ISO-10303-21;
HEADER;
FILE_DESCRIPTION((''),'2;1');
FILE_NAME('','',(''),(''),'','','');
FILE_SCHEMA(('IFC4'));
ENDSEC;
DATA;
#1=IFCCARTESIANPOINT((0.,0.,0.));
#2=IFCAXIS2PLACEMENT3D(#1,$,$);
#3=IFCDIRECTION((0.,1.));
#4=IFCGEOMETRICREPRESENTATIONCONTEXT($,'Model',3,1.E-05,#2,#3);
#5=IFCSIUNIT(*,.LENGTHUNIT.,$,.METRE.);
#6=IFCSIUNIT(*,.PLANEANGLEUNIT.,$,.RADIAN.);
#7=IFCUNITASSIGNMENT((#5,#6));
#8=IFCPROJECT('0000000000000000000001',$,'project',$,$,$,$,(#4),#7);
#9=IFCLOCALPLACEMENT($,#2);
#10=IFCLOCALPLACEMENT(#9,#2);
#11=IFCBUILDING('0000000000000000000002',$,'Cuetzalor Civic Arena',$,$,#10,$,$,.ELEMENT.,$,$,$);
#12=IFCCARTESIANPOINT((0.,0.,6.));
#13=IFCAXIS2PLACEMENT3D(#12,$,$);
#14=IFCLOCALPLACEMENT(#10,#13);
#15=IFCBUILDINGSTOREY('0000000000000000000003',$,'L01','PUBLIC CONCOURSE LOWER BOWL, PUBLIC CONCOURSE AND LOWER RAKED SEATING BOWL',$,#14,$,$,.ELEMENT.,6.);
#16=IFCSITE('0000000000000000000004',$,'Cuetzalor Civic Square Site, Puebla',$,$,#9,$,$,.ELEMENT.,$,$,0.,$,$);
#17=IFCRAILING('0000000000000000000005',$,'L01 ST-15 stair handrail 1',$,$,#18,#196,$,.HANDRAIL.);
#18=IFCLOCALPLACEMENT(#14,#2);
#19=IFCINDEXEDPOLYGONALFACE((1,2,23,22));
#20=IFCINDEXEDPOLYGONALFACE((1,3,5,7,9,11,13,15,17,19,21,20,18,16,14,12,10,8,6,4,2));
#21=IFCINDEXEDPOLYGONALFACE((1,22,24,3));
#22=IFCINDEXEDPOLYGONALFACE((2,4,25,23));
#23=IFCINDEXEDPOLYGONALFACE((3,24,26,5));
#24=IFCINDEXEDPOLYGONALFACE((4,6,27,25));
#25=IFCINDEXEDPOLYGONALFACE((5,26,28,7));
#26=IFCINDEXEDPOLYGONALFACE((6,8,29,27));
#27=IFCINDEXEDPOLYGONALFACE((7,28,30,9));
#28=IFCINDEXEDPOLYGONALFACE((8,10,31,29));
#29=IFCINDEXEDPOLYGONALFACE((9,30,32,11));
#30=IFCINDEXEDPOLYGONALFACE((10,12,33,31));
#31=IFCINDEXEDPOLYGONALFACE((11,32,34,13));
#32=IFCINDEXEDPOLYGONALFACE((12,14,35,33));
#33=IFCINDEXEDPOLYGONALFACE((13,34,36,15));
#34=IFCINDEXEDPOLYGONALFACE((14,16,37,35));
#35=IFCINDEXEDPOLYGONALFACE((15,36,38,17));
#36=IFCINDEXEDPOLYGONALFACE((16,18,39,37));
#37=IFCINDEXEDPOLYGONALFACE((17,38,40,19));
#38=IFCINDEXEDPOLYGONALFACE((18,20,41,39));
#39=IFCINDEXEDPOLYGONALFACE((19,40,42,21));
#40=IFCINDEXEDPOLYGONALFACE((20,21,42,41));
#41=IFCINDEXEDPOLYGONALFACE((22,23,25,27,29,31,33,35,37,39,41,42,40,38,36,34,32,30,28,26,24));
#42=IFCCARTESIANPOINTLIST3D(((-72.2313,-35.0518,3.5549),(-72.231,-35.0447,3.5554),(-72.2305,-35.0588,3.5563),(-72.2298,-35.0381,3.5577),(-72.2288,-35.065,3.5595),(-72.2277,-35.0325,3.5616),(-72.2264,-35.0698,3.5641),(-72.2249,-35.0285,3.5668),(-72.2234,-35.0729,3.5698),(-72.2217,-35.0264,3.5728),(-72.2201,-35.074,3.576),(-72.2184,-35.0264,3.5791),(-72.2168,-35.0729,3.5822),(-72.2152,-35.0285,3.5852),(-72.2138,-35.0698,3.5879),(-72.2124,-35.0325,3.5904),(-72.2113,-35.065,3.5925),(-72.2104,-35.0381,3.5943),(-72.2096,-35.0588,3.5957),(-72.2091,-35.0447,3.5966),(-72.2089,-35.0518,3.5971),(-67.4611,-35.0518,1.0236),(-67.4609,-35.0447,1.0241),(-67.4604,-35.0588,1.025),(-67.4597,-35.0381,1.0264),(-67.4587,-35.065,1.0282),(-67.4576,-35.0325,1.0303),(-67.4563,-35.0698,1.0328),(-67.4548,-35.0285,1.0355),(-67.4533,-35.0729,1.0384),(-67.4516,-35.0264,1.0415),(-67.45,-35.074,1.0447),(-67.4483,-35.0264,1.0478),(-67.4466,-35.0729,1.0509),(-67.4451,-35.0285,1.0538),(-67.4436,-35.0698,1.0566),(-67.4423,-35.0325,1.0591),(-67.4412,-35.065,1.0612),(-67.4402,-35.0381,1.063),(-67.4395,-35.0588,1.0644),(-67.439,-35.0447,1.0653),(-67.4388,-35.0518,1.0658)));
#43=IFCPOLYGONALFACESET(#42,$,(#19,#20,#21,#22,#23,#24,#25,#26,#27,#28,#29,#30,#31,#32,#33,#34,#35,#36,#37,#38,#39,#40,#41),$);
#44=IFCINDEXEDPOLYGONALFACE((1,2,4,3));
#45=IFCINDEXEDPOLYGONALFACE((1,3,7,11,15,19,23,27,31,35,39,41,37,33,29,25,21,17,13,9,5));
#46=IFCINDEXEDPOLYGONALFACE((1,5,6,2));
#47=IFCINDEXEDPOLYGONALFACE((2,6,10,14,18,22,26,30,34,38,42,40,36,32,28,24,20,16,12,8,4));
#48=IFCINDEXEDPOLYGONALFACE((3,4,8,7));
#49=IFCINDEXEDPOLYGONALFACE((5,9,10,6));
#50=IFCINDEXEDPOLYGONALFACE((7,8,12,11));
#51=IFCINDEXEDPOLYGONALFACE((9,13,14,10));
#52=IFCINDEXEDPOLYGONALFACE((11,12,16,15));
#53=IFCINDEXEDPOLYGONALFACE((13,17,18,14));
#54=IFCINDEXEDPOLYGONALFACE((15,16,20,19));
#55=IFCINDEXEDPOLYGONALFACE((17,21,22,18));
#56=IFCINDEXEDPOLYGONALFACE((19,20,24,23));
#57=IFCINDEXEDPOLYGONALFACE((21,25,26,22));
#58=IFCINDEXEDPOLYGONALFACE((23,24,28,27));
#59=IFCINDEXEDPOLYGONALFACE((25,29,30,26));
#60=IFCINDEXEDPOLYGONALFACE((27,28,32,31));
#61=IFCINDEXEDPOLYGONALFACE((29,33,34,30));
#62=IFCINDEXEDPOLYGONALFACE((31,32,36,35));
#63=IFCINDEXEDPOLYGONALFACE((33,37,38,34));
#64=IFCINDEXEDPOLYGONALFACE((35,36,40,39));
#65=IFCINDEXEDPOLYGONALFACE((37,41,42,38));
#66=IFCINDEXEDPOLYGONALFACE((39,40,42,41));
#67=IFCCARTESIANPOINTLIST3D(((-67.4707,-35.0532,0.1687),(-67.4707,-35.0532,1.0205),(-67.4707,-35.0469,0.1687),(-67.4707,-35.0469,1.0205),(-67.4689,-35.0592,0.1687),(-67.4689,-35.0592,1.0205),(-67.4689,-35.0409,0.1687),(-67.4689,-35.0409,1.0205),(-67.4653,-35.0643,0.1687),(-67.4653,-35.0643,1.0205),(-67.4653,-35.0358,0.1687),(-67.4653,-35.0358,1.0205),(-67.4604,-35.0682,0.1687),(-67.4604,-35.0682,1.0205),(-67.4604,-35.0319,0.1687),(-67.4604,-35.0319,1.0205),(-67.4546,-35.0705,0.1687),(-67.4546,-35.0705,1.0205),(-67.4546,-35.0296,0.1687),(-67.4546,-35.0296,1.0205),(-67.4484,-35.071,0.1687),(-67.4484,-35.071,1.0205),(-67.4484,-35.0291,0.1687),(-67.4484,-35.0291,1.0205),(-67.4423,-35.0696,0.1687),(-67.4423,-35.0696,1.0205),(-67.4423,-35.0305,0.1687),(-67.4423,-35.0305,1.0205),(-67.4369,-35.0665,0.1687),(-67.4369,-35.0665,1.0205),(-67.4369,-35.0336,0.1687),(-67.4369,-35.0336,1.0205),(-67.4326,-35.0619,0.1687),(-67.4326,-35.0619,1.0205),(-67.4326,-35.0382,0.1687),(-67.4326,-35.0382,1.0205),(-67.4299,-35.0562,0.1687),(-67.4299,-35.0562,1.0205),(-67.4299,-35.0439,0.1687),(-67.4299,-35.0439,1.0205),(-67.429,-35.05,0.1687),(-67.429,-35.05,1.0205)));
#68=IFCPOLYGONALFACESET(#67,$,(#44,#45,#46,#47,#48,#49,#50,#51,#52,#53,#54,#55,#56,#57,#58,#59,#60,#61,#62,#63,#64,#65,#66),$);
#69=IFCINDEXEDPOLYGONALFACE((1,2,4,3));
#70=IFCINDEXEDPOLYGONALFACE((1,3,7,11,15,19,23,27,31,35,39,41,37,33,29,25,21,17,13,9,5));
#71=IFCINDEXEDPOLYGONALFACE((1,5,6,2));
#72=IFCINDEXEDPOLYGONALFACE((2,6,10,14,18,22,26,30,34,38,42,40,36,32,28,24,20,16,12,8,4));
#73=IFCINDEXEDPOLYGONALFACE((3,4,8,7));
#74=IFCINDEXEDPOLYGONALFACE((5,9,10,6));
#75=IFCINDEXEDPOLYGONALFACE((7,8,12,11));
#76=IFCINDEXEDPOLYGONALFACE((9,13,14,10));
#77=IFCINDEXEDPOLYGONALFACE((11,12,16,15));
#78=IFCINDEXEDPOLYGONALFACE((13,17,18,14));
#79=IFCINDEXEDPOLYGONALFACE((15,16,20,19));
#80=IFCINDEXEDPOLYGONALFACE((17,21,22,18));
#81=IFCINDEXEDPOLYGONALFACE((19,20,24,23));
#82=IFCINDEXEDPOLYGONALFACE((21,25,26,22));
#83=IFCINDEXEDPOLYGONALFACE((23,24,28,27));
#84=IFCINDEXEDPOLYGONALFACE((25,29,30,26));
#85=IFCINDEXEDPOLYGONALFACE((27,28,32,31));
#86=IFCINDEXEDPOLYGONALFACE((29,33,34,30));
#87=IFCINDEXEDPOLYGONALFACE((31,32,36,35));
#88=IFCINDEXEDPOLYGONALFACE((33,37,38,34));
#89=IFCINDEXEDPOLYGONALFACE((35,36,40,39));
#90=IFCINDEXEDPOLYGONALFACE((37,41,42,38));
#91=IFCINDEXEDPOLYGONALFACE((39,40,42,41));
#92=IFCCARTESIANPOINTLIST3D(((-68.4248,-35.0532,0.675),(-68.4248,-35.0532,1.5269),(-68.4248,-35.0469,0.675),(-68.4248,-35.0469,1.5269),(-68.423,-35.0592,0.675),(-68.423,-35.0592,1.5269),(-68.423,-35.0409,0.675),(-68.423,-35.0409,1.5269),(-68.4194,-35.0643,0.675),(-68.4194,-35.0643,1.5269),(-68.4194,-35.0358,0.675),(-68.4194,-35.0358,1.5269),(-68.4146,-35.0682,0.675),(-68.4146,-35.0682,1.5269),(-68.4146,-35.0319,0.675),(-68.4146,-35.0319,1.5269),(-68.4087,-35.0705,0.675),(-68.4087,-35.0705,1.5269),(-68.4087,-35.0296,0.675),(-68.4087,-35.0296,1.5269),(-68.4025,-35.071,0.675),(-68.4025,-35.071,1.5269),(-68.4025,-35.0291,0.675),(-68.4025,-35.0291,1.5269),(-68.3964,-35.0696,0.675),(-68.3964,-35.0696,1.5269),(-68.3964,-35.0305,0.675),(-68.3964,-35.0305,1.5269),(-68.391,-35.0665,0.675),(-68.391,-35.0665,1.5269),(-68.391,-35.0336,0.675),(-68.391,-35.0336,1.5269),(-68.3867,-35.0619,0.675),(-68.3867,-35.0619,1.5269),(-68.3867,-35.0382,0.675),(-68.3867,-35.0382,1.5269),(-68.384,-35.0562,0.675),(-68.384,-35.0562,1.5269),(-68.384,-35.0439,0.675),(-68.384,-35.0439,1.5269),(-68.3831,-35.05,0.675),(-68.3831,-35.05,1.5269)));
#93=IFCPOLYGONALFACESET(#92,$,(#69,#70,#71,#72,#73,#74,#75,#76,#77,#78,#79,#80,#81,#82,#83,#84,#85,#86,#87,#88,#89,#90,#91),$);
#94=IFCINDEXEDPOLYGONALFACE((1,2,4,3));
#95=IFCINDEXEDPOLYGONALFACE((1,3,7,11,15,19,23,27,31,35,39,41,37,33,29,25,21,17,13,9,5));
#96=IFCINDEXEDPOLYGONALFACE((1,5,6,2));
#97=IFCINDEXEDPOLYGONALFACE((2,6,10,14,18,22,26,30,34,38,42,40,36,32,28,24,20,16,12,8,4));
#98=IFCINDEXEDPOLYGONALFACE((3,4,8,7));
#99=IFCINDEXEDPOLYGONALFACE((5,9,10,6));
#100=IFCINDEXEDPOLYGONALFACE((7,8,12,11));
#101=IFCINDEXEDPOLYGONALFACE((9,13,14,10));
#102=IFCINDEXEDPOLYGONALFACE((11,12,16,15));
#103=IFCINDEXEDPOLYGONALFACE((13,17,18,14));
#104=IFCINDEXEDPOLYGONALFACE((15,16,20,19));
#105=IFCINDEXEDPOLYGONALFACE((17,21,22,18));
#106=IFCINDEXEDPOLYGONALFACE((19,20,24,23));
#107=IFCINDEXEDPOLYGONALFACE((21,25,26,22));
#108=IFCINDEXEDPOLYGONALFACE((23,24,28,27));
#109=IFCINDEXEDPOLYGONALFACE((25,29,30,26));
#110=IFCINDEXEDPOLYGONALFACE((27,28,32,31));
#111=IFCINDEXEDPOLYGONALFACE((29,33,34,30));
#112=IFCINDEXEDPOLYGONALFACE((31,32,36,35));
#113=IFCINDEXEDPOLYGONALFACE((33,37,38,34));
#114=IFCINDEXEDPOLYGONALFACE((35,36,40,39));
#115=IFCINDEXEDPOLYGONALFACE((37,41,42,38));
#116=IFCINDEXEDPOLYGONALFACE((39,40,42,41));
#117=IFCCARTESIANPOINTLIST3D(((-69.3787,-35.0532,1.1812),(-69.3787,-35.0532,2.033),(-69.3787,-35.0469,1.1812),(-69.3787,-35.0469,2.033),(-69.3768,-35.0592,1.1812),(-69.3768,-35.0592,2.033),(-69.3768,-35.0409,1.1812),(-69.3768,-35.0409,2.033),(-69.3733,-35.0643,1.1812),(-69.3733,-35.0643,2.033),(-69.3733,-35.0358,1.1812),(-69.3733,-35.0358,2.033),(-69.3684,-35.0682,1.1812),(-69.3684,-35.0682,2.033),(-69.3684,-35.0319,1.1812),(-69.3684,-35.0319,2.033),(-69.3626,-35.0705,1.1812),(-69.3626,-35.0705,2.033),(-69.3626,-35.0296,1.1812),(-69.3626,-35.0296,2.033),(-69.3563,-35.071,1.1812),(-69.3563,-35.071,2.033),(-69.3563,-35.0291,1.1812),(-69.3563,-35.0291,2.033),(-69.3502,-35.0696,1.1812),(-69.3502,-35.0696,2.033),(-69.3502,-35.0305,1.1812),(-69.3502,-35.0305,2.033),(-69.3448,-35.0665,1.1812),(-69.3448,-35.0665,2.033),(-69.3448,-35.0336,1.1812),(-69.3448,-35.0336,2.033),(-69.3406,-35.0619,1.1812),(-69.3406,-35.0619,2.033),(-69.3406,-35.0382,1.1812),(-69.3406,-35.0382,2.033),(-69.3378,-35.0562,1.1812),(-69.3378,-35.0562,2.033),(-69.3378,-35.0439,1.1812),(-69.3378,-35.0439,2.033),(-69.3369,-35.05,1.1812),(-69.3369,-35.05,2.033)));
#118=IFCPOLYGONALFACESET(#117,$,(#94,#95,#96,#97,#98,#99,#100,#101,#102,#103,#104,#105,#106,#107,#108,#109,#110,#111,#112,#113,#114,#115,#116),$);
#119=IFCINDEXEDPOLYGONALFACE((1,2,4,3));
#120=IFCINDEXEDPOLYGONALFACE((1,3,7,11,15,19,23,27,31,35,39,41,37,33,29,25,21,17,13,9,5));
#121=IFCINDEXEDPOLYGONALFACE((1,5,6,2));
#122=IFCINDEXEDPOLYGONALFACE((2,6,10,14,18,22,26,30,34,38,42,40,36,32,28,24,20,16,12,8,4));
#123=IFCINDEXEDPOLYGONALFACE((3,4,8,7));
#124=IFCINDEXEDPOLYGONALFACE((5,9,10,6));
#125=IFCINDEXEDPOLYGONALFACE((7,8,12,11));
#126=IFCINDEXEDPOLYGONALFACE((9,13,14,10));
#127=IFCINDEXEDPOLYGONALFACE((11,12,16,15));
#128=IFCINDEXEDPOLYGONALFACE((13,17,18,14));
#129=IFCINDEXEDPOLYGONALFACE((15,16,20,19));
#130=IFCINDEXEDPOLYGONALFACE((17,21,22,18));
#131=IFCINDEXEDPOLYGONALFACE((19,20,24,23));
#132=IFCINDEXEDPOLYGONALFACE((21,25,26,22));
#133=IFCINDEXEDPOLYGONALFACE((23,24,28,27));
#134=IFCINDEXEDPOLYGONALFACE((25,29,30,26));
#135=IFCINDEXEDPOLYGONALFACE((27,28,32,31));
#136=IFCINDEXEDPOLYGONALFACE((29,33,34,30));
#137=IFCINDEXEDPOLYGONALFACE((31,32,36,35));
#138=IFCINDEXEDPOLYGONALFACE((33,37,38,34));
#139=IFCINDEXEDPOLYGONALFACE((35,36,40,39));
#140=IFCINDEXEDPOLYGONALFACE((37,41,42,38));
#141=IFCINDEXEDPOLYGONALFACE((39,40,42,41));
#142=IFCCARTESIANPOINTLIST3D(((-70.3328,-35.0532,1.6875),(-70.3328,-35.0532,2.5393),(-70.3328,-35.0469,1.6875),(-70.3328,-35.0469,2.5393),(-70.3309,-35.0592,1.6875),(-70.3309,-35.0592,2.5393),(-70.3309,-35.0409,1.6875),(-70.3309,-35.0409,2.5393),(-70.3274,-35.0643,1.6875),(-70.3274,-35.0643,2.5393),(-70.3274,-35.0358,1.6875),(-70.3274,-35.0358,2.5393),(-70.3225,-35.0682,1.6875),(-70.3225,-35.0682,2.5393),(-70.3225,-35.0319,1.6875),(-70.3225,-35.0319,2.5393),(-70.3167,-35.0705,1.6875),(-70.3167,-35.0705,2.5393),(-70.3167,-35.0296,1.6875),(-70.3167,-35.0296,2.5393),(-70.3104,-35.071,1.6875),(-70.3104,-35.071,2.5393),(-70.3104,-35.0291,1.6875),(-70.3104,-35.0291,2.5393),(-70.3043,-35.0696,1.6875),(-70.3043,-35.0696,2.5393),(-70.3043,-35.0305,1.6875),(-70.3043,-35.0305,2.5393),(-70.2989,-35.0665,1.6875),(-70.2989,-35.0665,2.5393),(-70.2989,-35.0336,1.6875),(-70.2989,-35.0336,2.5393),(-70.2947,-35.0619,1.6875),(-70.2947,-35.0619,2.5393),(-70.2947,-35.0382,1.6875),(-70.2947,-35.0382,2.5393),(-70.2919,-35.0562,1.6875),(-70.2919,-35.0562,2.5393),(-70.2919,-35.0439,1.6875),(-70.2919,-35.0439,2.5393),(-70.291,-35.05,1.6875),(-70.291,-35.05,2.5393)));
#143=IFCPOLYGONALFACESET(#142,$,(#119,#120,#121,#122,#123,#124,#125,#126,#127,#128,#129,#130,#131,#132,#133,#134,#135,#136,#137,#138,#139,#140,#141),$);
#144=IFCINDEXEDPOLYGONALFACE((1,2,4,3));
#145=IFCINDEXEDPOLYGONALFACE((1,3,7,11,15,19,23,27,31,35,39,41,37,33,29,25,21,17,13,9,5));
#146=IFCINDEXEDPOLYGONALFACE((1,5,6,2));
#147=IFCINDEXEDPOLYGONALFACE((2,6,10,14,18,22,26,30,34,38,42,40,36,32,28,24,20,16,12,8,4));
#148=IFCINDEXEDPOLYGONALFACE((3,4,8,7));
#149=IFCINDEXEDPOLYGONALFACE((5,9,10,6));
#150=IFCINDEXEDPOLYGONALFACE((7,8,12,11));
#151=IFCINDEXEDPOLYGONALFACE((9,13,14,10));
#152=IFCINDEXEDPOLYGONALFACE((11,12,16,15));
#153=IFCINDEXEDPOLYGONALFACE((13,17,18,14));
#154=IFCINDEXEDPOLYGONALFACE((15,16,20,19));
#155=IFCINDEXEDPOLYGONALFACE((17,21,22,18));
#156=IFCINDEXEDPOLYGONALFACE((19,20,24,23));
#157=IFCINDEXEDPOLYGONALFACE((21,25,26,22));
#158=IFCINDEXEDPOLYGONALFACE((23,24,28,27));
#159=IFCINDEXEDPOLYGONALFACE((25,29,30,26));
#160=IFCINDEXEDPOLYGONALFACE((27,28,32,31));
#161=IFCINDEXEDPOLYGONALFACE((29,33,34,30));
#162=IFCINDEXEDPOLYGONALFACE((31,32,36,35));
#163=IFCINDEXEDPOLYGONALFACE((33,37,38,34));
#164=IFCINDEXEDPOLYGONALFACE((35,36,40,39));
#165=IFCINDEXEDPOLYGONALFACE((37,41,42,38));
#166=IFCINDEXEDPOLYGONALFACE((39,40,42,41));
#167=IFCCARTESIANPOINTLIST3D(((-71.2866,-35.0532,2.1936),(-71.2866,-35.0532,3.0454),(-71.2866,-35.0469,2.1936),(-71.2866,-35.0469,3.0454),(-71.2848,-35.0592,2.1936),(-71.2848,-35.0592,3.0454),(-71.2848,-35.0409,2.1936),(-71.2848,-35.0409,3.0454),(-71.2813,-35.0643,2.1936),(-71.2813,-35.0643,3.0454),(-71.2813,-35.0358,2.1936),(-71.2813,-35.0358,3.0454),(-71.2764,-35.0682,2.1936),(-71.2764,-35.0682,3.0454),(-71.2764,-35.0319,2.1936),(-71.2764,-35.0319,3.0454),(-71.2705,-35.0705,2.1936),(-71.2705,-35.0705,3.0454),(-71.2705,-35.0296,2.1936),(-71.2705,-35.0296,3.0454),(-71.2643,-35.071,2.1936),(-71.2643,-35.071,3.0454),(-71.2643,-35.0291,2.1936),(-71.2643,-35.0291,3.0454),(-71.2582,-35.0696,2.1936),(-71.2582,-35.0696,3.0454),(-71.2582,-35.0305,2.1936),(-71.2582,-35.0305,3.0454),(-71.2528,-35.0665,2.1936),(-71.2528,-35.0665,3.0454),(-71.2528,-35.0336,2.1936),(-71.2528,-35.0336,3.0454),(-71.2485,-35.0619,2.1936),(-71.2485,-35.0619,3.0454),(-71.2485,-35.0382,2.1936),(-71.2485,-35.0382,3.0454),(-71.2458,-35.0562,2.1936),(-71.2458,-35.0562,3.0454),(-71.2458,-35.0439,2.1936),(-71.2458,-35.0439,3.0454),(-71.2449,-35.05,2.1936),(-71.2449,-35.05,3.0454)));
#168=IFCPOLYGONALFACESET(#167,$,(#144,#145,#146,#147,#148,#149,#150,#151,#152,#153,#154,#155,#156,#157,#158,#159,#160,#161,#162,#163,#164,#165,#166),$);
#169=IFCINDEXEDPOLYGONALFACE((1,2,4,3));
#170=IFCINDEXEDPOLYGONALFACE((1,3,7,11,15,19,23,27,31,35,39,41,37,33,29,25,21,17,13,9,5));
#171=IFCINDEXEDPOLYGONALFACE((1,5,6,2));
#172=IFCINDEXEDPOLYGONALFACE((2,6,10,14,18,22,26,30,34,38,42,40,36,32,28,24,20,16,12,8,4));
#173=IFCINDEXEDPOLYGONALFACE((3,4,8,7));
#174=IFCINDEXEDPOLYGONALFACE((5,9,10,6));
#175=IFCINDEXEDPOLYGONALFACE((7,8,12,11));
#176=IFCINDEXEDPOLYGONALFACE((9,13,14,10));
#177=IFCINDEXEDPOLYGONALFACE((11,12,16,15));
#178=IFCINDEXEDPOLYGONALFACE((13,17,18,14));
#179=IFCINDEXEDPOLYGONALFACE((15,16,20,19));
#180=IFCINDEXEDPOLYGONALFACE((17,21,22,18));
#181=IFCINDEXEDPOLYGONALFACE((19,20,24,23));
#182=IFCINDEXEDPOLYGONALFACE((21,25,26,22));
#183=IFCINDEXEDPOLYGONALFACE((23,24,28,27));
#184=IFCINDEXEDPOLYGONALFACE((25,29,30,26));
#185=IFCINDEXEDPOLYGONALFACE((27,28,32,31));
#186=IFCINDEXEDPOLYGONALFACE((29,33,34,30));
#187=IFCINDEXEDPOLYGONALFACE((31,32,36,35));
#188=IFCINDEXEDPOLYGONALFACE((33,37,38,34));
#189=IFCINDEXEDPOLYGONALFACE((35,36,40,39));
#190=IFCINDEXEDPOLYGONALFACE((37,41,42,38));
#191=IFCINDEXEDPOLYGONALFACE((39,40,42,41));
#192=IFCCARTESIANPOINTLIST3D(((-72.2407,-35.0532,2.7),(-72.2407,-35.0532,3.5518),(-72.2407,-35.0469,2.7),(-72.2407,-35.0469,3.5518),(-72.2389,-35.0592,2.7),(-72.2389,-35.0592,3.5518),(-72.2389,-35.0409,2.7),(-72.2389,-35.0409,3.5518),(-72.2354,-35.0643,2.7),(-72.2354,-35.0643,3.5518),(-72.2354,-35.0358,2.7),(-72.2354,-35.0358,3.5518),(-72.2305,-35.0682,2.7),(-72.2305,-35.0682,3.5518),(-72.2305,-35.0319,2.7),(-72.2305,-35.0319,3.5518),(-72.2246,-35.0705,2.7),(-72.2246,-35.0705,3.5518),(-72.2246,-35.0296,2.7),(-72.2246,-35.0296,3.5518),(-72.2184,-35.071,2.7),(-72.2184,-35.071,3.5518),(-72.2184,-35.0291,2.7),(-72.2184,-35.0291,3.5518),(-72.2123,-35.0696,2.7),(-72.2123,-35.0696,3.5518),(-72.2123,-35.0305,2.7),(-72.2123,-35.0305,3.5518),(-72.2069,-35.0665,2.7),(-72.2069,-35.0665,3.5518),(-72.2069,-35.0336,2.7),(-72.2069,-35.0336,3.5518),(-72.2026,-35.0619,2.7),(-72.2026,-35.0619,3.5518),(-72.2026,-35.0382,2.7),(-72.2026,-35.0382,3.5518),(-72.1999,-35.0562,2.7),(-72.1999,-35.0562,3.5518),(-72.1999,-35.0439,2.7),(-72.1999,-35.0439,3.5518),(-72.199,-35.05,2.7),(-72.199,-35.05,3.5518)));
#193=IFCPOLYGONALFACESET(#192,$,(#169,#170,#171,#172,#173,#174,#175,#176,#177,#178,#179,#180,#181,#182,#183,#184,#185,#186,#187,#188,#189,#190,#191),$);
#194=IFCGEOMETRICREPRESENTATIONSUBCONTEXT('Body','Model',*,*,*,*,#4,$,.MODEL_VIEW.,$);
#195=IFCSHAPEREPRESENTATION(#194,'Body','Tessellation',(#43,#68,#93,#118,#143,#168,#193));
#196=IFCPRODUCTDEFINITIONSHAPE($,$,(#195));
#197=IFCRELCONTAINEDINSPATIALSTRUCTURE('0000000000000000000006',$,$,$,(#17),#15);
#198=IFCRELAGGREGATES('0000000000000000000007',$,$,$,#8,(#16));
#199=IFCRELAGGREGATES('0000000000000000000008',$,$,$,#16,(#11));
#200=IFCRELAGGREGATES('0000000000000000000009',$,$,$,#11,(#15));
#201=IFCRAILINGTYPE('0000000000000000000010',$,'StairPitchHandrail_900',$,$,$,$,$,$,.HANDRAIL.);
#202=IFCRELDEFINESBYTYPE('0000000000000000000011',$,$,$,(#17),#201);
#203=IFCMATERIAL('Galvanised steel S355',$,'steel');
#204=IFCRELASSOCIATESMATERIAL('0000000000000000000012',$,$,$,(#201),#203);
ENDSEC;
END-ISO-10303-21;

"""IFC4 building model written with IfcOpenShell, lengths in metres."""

from ifc_helpers import new_model, si_unit, direction, frame, origin, origin_2d, place, context, subcontext, project, spatial, circle, extrude, material, type_object, element, save


model = new_model("IFC4")

# Units and contexts
model_context = context("Model", 3, precision=1e-05, world=origin(), true_north=direction((0.0, 1.0)))
body_context = subcontext(model_context, "Body", "Model", "MODEL_VIEW")
ifc_project = project(units=[si_unit("LENGTHUNIT", "METRE"), si_unit("PLANEANGLEUNIT", "RADIAN")], contexts=[model_context])

# Site, building, storey
site_placement = place(None, origin())
site = spatial("IfcSite", under=ifc_project, at=site_placement, Name="Cuetzalor Civic Square Site, Puebla", CompositionType="ELEMENT", RefElevation=0.0)
building_placement = place(site_placement, origin())
building = spatial("IfcBuilding", under=site, at=building_placement, Name="Cuetzalor Civic Arena", CompositionType="ELEMENT")
storey_placement = place(building_placement, frame((0.0, 0.0, 6.0)))
storey = spatial("IfcBuildingStorey", under=building, at=storey_placement, Name="L01", Description="PUBLIC CONCOURSE LOWER BOWL, PUBLIC CONCOURSE AND LOWER RAKED SEATING BOWL", CompositionType="ELEMENT", Elevation=6.0)

# Railing
ifc_material_1 = material(Name="Galvanised steel S355", Category="steel")
railing_type_1 = type_object("IfcRailingType", Name="StairPitchHandrail_900", PredefinedType="HANDRAIL", material=ifc_material_1)
railing_1_placement = place(storey_placement, frame((-67.45, -35.05, 0.1687)))
element("IfcRailing", 1, at=railing_1_placement, inside=storey, type_object=railing_type_1, Name="L01 ST-15 stair handrail 1", PredefinedType="HANDRAIL", context=body_context, shape_type="SweptSolid", body=[
    extrude(circle(Radius=0.0239, at=origin_2d()), frame((0.0, 0.0, 0.876), z_axis=(-0.883332, 0.0, 0.468747), x_axis=(0.0, -1.0, 0.0)), (0.0, 0.0, 1.0), 5.4001),
    extrude(circle(Radius=0.021, at=origin_2d()), origin(), (0.0, 0.0, 1.0), 0.8518),
    extrude(circle(Radius=0.021, at=origin_2d()), frame((-0.9541, 0.0, 0.5063)), (0.0, 0.0, 1.0), 0.8518),
    extrude(circle(Radius=0.021, at=origin_2d()), frame((-1.908, 0.0, 1.0125)), (0.0, 0.0, 1.0), 0.8518),
    extrude(circle(Radius=0.021, at=origin_2d()), frame((-2.8621, 0.0, 1.5188)), (0.0, 0.0, 1.0), 0.8518),
    extrude(circle(Radius=0.021, at=origin_2d()), frame((-3.8159, 0.0, 2.0249)), (0.0, 0.0, 1.0), 0.8518),
    extrude(circle(Radius=0.021, at=origin_2d()), frame((-4.77, 0.0, 2.5312)), (0.0, 0.0, 1.0), 0.8518),
])

save(model, "model.ifc")
